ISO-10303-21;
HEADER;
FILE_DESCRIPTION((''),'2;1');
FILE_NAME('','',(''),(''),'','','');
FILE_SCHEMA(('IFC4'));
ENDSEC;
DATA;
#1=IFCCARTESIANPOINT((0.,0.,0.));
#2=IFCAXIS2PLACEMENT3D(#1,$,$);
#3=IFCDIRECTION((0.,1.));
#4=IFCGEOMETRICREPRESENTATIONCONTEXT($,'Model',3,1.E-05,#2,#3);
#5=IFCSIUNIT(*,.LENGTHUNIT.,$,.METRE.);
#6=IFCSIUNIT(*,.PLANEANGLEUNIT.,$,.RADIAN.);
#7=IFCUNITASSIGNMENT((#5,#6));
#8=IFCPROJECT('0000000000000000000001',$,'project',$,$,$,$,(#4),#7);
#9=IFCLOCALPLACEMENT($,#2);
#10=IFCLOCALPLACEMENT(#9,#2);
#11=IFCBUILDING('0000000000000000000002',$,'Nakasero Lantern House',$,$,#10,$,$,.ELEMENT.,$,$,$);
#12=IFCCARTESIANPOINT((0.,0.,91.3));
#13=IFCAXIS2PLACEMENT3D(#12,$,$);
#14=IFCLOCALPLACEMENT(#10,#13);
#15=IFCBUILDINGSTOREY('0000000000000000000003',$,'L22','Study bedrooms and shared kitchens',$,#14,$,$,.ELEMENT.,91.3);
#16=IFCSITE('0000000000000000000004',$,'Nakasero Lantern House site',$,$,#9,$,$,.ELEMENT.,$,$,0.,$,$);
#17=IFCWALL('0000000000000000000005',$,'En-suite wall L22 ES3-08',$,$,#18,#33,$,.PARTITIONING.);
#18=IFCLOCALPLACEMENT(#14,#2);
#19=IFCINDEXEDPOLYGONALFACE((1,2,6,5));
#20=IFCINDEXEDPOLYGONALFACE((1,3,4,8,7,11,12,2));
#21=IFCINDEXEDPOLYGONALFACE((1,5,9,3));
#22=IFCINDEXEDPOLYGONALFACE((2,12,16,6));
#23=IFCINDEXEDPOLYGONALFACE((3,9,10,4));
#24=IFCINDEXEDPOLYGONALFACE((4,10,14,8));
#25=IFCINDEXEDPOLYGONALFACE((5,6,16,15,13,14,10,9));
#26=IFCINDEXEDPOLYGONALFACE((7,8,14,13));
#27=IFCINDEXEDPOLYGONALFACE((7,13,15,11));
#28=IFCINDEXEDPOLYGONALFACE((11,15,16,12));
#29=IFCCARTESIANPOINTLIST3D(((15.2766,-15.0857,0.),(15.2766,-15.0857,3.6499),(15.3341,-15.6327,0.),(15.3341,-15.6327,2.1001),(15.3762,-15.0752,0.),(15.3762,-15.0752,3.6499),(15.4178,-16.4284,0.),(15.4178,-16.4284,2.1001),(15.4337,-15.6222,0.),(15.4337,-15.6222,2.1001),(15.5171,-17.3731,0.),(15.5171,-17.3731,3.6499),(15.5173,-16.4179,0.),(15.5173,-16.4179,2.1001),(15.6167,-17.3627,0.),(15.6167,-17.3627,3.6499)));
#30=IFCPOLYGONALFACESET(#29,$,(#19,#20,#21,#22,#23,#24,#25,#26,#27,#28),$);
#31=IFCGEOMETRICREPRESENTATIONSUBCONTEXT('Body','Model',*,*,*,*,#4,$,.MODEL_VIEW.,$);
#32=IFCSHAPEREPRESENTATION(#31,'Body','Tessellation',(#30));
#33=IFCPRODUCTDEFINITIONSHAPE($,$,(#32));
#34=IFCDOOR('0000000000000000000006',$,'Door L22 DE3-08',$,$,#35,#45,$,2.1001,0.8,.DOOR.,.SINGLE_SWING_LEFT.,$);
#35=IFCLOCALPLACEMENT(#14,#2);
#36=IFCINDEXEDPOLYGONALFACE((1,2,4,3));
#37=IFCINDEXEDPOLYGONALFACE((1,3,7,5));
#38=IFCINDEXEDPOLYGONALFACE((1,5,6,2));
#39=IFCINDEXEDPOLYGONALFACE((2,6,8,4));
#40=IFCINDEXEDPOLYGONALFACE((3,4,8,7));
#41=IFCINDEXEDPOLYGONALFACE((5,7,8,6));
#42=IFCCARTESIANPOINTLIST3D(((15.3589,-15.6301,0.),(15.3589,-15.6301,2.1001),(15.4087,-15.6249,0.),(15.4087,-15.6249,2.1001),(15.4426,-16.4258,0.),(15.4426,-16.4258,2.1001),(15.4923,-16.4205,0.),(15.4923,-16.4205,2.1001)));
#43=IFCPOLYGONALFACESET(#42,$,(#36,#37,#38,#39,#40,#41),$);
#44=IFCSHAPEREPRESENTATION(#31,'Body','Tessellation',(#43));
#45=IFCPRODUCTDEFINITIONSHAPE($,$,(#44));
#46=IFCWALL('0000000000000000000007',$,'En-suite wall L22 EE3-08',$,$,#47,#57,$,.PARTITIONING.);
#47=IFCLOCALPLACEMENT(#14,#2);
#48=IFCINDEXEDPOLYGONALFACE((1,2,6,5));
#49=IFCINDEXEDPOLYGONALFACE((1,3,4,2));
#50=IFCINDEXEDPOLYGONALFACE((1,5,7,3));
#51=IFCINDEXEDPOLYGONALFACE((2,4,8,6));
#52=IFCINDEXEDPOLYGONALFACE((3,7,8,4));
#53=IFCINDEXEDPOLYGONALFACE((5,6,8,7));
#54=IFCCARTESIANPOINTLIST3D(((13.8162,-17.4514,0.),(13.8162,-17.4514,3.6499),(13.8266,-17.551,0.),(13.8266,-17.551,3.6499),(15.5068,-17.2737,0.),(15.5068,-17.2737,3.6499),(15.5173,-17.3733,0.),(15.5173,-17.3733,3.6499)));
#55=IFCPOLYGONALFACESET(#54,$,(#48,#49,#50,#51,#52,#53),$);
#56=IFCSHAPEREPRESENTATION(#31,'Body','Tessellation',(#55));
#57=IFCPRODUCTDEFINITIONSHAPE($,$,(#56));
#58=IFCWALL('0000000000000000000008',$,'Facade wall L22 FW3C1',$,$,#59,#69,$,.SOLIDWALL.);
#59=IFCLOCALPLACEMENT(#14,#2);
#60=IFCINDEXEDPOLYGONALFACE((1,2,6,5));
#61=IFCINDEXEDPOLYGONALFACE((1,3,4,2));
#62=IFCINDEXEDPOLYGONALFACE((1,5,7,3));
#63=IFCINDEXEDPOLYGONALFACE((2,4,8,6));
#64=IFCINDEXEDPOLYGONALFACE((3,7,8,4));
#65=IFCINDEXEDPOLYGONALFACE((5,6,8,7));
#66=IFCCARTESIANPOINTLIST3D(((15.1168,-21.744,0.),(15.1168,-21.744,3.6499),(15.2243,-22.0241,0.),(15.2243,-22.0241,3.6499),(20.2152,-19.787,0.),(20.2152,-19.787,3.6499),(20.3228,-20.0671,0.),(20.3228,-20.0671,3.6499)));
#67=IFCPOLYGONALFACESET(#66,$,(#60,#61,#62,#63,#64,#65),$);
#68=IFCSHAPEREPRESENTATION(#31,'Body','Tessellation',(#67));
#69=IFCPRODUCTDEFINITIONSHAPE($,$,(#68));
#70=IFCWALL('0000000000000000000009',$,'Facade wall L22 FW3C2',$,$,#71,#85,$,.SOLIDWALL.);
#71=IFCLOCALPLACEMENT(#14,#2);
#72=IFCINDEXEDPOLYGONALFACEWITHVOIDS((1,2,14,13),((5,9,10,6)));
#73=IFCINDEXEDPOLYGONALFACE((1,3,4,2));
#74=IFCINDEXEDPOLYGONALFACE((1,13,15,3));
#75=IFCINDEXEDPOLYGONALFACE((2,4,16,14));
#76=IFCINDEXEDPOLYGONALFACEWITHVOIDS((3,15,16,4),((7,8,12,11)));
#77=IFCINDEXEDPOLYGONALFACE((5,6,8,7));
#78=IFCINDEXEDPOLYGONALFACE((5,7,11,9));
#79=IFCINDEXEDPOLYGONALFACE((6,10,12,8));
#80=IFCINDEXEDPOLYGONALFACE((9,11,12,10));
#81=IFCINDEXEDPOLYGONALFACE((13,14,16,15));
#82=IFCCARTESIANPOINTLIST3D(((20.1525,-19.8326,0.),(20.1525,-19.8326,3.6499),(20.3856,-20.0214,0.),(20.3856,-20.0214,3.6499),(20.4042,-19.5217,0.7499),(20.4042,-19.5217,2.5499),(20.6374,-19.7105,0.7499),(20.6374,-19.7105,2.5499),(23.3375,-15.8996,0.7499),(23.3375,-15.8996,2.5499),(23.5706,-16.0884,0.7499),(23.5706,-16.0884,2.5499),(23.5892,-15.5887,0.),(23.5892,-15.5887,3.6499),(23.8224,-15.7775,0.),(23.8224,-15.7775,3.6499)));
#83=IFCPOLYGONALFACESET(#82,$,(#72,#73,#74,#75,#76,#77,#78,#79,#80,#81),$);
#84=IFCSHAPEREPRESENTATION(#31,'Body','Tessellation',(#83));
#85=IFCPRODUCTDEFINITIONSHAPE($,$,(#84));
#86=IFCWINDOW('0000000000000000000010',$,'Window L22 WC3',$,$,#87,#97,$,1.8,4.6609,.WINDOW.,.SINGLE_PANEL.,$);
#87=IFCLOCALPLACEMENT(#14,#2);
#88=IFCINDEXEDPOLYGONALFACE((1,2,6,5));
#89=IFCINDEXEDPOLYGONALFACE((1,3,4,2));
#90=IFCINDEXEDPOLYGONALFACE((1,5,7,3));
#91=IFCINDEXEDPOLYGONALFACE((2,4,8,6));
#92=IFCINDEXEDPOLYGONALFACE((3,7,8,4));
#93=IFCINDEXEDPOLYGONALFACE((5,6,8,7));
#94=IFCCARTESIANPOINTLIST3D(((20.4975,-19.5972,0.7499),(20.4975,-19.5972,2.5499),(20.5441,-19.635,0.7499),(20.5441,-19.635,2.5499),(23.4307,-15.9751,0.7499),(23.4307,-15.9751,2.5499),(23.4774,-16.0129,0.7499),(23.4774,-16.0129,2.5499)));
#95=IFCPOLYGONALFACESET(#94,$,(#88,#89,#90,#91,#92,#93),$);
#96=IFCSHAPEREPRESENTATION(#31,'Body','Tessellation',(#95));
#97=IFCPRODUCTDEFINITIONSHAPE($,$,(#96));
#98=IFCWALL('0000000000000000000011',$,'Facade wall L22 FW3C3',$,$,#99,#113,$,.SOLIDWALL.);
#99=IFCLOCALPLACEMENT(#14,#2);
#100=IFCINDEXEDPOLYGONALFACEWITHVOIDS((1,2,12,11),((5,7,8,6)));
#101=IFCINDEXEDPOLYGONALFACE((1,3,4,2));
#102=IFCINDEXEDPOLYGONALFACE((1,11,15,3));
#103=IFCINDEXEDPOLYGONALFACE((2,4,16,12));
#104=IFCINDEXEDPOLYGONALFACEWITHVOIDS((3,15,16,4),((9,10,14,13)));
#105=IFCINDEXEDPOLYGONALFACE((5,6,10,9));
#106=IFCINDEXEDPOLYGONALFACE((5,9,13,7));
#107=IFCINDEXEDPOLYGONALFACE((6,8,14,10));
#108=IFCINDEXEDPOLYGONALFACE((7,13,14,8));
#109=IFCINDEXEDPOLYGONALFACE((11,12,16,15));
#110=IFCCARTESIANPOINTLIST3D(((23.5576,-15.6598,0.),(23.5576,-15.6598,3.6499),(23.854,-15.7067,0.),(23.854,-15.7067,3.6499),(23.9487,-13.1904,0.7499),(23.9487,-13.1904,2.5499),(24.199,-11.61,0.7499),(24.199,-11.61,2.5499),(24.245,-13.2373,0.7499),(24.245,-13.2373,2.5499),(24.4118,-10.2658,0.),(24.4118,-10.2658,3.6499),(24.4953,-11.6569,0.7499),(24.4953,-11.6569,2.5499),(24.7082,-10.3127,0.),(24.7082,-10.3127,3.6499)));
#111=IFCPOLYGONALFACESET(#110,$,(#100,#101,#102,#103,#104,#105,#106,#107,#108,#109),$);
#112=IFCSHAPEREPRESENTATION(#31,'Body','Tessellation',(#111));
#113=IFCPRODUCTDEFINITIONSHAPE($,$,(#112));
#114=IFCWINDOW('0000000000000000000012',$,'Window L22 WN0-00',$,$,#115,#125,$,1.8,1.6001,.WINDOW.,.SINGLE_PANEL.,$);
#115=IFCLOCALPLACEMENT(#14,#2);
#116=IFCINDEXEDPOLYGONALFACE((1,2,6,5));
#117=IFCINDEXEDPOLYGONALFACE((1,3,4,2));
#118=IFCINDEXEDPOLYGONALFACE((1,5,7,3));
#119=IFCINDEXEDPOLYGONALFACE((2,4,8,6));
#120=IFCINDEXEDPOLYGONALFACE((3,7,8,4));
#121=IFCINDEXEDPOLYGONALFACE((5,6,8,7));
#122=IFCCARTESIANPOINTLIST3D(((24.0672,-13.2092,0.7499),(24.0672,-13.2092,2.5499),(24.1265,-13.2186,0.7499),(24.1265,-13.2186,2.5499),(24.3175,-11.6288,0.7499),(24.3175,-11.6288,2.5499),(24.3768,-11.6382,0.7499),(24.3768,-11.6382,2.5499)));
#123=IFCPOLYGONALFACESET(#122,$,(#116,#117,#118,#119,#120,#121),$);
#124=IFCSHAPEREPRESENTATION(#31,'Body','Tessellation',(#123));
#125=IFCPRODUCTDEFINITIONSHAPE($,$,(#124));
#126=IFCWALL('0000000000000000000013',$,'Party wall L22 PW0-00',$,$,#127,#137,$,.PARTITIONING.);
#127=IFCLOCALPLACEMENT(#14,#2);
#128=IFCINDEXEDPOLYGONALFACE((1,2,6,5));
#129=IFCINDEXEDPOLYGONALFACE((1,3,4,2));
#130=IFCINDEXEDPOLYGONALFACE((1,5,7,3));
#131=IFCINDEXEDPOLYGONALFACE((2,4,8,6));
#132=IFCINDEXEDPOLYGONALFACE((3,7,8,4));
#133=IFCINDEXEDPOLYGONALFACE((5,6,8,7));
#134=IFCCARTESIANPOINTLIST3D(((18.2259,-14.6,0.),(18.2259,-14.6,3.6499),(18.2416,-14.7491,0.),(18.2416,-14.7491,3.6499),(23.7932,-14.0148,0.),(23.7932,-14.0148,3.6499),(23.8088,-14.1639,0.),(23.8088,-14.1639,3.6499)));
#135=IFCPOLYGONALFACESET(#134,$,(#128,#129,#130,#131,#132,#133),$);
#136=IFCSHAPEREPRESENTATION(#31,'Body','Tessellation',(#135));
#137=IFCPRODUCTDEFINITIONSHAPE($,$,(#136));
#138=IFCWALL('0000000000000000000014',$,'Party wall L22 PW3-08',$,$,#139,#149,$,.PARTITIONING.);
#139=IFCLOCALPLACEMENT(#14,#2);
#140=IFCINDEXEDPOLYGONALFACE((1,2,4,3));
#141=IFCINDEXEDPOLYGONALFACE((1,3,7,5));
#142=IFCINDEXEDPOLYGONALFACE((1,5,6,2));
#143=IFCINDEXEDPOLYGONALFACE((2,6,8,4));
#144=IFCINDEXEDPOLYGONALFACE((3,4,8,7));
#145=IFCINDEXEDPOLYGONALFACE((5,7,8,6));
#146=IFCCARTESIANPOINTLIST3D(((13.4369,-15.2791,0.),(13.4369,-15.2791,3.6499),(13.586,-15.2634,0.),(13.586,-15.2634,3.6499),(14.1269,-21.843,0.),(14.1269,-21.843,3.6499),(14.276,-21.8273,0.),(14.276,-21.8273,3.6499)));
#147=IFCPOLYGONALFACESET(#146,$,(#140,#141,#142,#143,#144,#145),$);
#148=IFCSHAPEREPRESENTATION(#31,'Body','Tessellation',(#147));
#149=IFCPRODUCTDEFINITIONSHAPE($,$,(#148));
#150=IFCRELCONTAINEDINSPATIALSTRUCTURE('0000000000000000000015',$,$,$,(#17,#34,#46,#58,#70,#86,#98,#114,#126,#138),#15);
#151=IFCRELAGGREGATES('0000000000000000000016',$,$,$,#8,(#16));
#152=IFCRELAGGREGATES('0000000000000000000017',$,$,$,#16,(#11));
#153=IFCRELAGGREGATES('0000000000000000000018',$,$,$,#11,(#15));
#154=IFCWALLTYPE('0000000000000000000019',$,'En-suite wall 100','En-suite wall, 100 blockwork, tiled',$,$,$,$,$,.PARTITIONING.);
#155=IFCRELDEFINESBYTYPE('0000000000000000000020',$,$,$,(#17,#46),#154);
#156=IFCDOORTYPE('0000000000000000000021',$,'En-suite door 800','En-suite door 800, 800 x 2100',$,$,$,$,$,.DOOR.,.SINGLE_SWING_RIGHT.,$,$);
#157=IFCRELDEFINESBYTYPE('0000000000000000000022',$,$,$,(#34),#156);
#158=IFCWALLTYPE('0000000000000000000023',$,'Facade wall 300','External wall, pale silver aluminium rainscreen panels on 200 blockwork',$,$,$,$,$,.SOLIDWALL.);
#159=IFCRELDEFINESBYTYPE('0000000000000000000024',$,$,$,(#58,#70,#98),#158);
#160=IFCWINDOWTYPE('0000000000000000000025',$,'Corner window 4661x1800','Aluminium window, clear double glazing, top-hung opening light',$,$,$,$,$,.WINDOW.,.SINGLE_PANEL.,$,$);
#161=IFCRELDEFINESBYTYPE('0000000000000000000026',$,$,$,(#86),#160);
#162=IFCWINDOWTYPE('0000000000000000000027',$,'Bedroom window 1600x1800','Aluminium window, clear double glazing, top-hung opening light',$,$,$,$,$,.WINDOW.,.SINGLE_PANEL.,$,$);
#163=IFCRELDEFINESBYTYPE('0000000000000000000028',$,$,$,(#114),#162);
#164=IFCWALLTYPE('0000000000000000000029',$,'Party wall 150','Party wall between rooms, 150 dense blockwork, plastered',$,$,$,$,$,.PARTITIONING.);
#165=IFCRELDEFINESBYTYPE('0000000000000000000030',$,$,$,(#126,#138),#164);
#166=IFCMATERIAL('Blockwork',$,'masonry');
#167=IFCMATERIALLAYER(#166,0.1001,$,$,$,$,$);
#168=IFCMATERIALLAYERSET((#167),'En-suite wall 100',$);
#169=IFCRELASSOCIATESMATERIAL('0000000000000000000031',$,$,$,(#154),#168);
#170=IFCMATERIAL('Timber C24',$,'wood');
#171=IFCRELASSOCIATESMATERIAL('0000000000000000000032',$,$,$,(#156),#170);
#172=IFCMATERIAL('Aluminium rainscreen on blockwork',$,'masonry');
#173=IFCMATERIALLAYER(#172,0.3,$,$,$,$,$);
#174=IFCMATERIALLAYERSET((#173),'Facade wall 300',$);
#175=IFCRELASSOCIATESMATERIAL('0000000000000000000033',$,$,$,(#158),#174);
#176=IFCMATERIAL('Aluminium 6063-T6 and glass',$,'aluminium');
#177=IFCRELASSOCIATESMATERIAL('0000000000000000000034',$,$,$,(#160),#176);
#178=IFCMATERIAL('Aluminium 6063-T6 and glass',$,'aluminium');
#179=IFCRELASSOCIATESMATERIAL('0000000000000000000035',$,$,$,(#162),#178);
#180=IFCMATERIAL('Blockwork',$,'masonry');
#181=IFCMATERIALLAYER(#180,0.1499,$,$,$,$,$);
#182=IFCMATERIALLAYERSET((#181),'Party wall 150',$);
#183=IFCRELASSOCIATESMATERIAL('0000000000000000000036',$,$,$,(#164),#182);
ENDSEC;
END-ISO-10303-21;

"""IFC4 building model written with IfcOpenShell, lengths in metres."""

from ifc_helpers import new_model, si_unit, direction, frame, frame_2d, origin, place, context, subcontext, project, spatial, rectangle, extrude, material, layer, layer_set, type_object, element, fill, save


model = new_model("IFC4")

# Units and contexts
model_context = context("Model", 3, precision=1e-05, world=origin(), true_north=direction((0.0, 1.0)))
body_context = subcontext(model_context, "Body", "Model", "MODEL_VIEW")
ifc_project = project(units=[si_unit("LENGTHUNIT", "METRE"), si_unit("PLANEANGLEUNIT", "RADIAN")], contexts=[model_context])

# Site, building, storey
site_placement = place(None, origin())
site = spatial("IfcSite", under=ifc_project, at=site_placement, Name="Nakasero Lantern House site", CompositionType="ELEMENT", RefElevation=0.0)
building_placement = place(site_placement, origin())
building = spatial("IfcBuilding", under=site, at=building_placement, Name="Nakasero Lantern House", CompositionType="ELEMENT")
storey_placement = place(building_placement, frame((0.0, 0.0, 91.3)))
storey = spatial("IfcBuildingStorey", under=building, at=storey_placement, Name="L22", Description="Study bedrooms and shared kitchens", CompositionType="ELEMENT", Elevation=91.3)

# Shared definitions
ifc_material_1 = material(Name="Blockwork", Category="masonry")
ifc_layer_1 = layer(ifc_material_1, 0.1001)
ifc_layer_set_1 = layer_set([ifc_layer_1], Name="En-suite wall 100")
wall_type_1 = type_object("IfcWallType", Name="En-suite wall 100", Description="En-suite wall, 100 blockwork, tiled", PredefinedType="PARTITIONING", material=ifc_layer_set_1)
ifc_material_2 = material(Name="Timber C24", Category="wood")
door_type_1 = type_object("IfcDoorType", Name="En-suite door 800", Description="En-suite door 800, 800 x 2100", OperationType="SINGLE_SWING_RIGHT", PredefinedType="DOOR", material=ifc_material_2)

# Wall, opening, door
wall_1_placement = place(storey_placement, frame((15.3264, -15.0806, 0.0), z_axis=(0.0, 0.0, 1.0), x_axis=(0.104558, -0.994519, 0.0)))
wall_1 = element("IfcWall", 1, at=wall_1_placement, inside=storey, type_object=wall_type_1, Name="En-suite wall L22 ES3-08", PredefinedType="PARTITIONING", context=body_context, shape_type="SweptSolid", body=[
    extrude(rectangle(XDim=2.3, YDim=0.1001, at=frame_2d((1.1499, 0.0))), origin(), (0.0, 0.0, 1.0), 3.6499),
])
opening_1_placement = place(wall_1_placement, frame((0.55, 0.0, 0.0)))
opening_1 = element("IfcOpeningElement", 2, at=opening_1_placement, cuts=wall_1, PredefinedType="OPENING", context=body_context, shape_type="SweptSolid", body=[
    extrude(rectangle(XDim=0.8, YDim=2.1001, at=frame_2d((0.3999, 1.05))), frame((0.0, 0.0701, 0.0), z_axis=(0.0, -1.0, 0.0), x_axis=(1.0, 0.0, 0.0)), (0.0, 0.0, 1.0), 0.1401),
])
door_1_placement = place(opening_1_placement, origin())
door_1 = element("IfcDoor", 3, at=door_1_placement, inside=storey, type_object=door_type_1, Name="Door L22 DE3-08", OperationType="SINGLE_SWING_LEFT", OverallHeight=2.1001, OverallWidth=0.8, PredefinedType="DOOR", context=body_context, shape_type="SweptSolid", body=[
    extrude(rectangle(XDim=0.8, YDim=2.1001, at=frame_2d((0.3999, 1.05))), frame((0.0, 0.0249, 0.0), z_axis=(0.0, -1.0, 0.0), x_axis=(1.0, 0.0, 0.0)), (0.0, 0.0, 1.0), 0.05),
])
fill(opening_1, door_1)

# Walls
wall_2_placement = place(storey_placement, frame((13.8213, -17.5012, 0.0), z_axis=(0.0, 0.0, 1.0), x_axis=(0.99452, 0.10455, 0.0)))
element("IfcWall", 4, at=wall_2_placement, inside=storey, type_object=wall_type_1, Name="En-suite wall L22 EE3-08", PredefinedType="PARTITIONING", context=body_context, shape_type="SweptSolid", body=[
    extrude(rectangle(XDim=1.7, YDim=0.1001, at=frame_2d((0.8501, 0.0))), origin(), (0.0, 0.0, 1.0), 3.6499),
])
ifc_material_3 = material(Name="Aluminium rainscreen on blockwork", Category="masonry")
ifc_layer_2 = layer(ifc_material_3, 0.3)
ifc_layer_set_2 = layer_set([ifc_layer_2], Name="Facade wall 300")
wall_type_2 = type_object("IfcWallType", Name="Facade wall 300", Description="External wall, pale silver aluminium rainscreen panels on 200 blockwork", PredefinedType="SOLIDWALL", material=ifc_layer_set_2)
wall_3_placement = place(storey_placement, frame((15.1707, -21.884, 0.0), z_axis=(0.0, 0.0, 1.0), x_axis=(0.933584, 0.358359, 0.0)))
element("IfcWall", 5, at=wall_3_placement, inside=storey, type_object=wall_type_2, Name="Facade wall L22 FW3C1", PredefinedType="SOLIDWALL", context=body_context, shape_type="SweptSolid", body=[
    extrude(rectangle(XDim=5.4612, YDim=0.3, at=frame_2d((2.7305, 0.0))), origin(), (0.0, 0.0, 1.0), 3.6499),
])

# Walls, openings, windows
wall_4_placement = place(storey_placement, frame((20.269, -19.927, 0.0), z_axis=(0.0, 0.0, 1.0), x_axis=(0.629335, 0.777135, 0.0)))
wall_4 = element("IfcWall", 6, at=wall_4_placement, inside=storey, type_object=wall_type_2, Name="Facade wall L22 FW3C2", PredefinedType="SOLIDWALL", context=body_context, shape_type="SweptSolid", body=[
    extrude(rectangle(XDim=5.4609, YDim=0.3, at=frame_2d((2.7305, 0.0))), origin(), (0.0, 0.0, 1.0), 3.6499),
])
opening_2_placement = place(wall_4_placement, frame((0.3999, 0.0, 0.75)))
opening_2 = element("IfcOpeningElement", 7, at=opening_2_placement, cuts=wall_4, PredefinedType="OPENING", context=body_context, shape_type="SweptSolid", body=[
    extrude(rectangle(XDim=4.6609, YDim=1.8, at=frame_2d((2.3306, 0.8999))), frame((0.0, 0.1699, 0.0), z_axis=(0.0, -1.0, 0.0), x_axis=(1.0, 0.0, 0.0)), (0.0, 0.0, 1.0), 0.3401),
])
ifc_material_4 = material(Name="Aluminium 6063-T6 and glass", Category="aluminium")
window_type_1 = type_object("IfcWindowType", Name="Corner window 4661x1800", Description="Aluminium window, clear double glazing, top-hung opening light", PartitioningType="SINGLE_PANEL", PredefinedType="WINDOW", material=ifc_material_4)
window_1_placement = place(opening_2_placement, origin())
window_1 = element("IfcWindow", 8, at=window_1_placement, inside=storey, type_object=window_type_1, Name="Window L22 WC3", OverallHeight=1.8, OverallWidth=4.6609, PartitioningType="SINGLE_PANEL", PredefinedType="WINDOW", context=body_context, shape_type="SweptSolid", body=[
    extrude(rectangle(XDim=4.6609, YDim=1.8, at=frame_2d((2.3306, 0.8999))), frame((0.0, 0.03, 0.0), z_axis=(0.0, -1.0, 0.0), x_axis=(1.0, 0.0, 0.0)), (0.0, 0.0, 1.0), 0.0601),
])
fill(opening_2, window_1)
wall_5_placement = place(storey_placement, frame((23.7058, -15.6831, 0.0), z_axis=(0.0, 0.0, 1.0), x_axis=(0.156419, 0.987691, 0.0)))
wall_5 = element("IfcWall", 9, at=wall_5_placement, inside=storey, type_object=wall_type_2, Name="Facade wall L22 FW3C3", PredefinedType="SOLIDWALL", context=body_context, shape_type="SweptSolid", body=[
    extrude(rectangle(XDim=5.4612, YDim=0.3, at=frame_2d((2.7305, 0.0))), origin(), (0.0, 0.0, 1.0), 3.6499),
])
opening_3_placement = place(wall_5_placement, frame((2.5, 0.0, 0.75)))
opening_3 = element("IfcOpeningElement", 10, at=opening_3_placement, cuts=wall_5, PredefinedType="OPENING", context=body_context, shape_type="SweptSolid", body=[
    extrude(rectangle(XDim=1.6001, YDim=1.8, at=frame_2d((0.8, 0.8999))), frame((0.0, 0.1699, 0.0), z_axis=(0.0, -1.0, 0.0), x_axis=(1.0, 0.0, 0.0)), (0.0, 0.0, 1.0), 0.3401),
])
ifc_material_5 = material(Name="Aluminium 6063-T6 and glass", Category="aluminium")
window_type_2 = type_object("IfcWindowType", Name="Bedroom window 1600x1800", Description="Aluminium window, clear double glazing, top-hung opening light", PartitioningType="SINGLE_PANEL", PredefinedType="WINDOW", material=ifc_material_5)
window_2_placement = place(opening_3_placement, origin())
window_2 = element("IfcWindow", 11, at=window_2_placement, inside=storey, type_object=window_type_2, Name="Window L22 WN0-00", OverallHeight=1.8, OverallWidth=1.6001, PartitioningType="SINGLE_PANEL", PredefinedType="WINDOW", context=body_context, shape_type="SweptSolid", body=[
    extrude(rectangle(XDim=1.6001, YDim=1.8, at=frame_2d((0.8, 0.8999))), frame((0.0, 0.03, 0.0), z_axis=(0.0, -1.0, 0.0), x_axis=(1.0, 0.0, 0.0)), (0.0, 0.0, 1.0), 0.0601),
])
fill(opening_3, window_2)

# Walls
ifc_material_6 = material(Name="Blockwork", Category="masonry")
ifc_layer_3 = layer(ifc_material_6, 0.1499)
ifc_layer_set_3 = layer_set([ifc_layer_3], Name="Party wall 150")
wall_type_3 = type_object("IfcWallType", Name="Party wall 150", Description="Party wall between rooms, 150 dense blockwork, plastered", PredefinedType="PARTITIONING", material=ifc_layer_set_3)
wall_6_placement = place(storey_placement, frame((18.2339, -14.6746, 0.0), z_axis=(0.0, 0.0, 1.0), x_axis=(0.99452, 0.104542, 0.0)))
element("IfcWall", 12, at=wall_6_placement, inside=storey, type_object=wall_type_3, Name="Party wall L22 PW0-00", PredefinedType="PARTITIONING", context=body_context, shape_type="SweptSolid", body=[
    extrude(rectangle(XDim=5.5979, YDim=0.1499, at=frame_2d((2.7988, 0.0))), origin(), (0.0, 0.0, 1.0), 3.6499),
])
wall_7_placement = place(storey_placement, frame((13.5115, -15.2712, 0.0), z_axis=(0.0, 0.0, 1.0), x_axis=(0.104535, -0.994521, 0.0)))
element("IfcWall", 13, at=wall_7_placement, inside=storey, type_object=wall_type_3, Name="Party wall L22 PW3-08", PredefinedType="PARTITIONING", context=body_context, shape_type="SweptSolid", body=[
    extrude(rectangle(XDim=6.6001, YDim=0.1499, at=frame_2d((3.3, 0.0))), origin(), (0.0, 0.0, 1.0), 3.6499),
])

save(model, "model.ifc")
